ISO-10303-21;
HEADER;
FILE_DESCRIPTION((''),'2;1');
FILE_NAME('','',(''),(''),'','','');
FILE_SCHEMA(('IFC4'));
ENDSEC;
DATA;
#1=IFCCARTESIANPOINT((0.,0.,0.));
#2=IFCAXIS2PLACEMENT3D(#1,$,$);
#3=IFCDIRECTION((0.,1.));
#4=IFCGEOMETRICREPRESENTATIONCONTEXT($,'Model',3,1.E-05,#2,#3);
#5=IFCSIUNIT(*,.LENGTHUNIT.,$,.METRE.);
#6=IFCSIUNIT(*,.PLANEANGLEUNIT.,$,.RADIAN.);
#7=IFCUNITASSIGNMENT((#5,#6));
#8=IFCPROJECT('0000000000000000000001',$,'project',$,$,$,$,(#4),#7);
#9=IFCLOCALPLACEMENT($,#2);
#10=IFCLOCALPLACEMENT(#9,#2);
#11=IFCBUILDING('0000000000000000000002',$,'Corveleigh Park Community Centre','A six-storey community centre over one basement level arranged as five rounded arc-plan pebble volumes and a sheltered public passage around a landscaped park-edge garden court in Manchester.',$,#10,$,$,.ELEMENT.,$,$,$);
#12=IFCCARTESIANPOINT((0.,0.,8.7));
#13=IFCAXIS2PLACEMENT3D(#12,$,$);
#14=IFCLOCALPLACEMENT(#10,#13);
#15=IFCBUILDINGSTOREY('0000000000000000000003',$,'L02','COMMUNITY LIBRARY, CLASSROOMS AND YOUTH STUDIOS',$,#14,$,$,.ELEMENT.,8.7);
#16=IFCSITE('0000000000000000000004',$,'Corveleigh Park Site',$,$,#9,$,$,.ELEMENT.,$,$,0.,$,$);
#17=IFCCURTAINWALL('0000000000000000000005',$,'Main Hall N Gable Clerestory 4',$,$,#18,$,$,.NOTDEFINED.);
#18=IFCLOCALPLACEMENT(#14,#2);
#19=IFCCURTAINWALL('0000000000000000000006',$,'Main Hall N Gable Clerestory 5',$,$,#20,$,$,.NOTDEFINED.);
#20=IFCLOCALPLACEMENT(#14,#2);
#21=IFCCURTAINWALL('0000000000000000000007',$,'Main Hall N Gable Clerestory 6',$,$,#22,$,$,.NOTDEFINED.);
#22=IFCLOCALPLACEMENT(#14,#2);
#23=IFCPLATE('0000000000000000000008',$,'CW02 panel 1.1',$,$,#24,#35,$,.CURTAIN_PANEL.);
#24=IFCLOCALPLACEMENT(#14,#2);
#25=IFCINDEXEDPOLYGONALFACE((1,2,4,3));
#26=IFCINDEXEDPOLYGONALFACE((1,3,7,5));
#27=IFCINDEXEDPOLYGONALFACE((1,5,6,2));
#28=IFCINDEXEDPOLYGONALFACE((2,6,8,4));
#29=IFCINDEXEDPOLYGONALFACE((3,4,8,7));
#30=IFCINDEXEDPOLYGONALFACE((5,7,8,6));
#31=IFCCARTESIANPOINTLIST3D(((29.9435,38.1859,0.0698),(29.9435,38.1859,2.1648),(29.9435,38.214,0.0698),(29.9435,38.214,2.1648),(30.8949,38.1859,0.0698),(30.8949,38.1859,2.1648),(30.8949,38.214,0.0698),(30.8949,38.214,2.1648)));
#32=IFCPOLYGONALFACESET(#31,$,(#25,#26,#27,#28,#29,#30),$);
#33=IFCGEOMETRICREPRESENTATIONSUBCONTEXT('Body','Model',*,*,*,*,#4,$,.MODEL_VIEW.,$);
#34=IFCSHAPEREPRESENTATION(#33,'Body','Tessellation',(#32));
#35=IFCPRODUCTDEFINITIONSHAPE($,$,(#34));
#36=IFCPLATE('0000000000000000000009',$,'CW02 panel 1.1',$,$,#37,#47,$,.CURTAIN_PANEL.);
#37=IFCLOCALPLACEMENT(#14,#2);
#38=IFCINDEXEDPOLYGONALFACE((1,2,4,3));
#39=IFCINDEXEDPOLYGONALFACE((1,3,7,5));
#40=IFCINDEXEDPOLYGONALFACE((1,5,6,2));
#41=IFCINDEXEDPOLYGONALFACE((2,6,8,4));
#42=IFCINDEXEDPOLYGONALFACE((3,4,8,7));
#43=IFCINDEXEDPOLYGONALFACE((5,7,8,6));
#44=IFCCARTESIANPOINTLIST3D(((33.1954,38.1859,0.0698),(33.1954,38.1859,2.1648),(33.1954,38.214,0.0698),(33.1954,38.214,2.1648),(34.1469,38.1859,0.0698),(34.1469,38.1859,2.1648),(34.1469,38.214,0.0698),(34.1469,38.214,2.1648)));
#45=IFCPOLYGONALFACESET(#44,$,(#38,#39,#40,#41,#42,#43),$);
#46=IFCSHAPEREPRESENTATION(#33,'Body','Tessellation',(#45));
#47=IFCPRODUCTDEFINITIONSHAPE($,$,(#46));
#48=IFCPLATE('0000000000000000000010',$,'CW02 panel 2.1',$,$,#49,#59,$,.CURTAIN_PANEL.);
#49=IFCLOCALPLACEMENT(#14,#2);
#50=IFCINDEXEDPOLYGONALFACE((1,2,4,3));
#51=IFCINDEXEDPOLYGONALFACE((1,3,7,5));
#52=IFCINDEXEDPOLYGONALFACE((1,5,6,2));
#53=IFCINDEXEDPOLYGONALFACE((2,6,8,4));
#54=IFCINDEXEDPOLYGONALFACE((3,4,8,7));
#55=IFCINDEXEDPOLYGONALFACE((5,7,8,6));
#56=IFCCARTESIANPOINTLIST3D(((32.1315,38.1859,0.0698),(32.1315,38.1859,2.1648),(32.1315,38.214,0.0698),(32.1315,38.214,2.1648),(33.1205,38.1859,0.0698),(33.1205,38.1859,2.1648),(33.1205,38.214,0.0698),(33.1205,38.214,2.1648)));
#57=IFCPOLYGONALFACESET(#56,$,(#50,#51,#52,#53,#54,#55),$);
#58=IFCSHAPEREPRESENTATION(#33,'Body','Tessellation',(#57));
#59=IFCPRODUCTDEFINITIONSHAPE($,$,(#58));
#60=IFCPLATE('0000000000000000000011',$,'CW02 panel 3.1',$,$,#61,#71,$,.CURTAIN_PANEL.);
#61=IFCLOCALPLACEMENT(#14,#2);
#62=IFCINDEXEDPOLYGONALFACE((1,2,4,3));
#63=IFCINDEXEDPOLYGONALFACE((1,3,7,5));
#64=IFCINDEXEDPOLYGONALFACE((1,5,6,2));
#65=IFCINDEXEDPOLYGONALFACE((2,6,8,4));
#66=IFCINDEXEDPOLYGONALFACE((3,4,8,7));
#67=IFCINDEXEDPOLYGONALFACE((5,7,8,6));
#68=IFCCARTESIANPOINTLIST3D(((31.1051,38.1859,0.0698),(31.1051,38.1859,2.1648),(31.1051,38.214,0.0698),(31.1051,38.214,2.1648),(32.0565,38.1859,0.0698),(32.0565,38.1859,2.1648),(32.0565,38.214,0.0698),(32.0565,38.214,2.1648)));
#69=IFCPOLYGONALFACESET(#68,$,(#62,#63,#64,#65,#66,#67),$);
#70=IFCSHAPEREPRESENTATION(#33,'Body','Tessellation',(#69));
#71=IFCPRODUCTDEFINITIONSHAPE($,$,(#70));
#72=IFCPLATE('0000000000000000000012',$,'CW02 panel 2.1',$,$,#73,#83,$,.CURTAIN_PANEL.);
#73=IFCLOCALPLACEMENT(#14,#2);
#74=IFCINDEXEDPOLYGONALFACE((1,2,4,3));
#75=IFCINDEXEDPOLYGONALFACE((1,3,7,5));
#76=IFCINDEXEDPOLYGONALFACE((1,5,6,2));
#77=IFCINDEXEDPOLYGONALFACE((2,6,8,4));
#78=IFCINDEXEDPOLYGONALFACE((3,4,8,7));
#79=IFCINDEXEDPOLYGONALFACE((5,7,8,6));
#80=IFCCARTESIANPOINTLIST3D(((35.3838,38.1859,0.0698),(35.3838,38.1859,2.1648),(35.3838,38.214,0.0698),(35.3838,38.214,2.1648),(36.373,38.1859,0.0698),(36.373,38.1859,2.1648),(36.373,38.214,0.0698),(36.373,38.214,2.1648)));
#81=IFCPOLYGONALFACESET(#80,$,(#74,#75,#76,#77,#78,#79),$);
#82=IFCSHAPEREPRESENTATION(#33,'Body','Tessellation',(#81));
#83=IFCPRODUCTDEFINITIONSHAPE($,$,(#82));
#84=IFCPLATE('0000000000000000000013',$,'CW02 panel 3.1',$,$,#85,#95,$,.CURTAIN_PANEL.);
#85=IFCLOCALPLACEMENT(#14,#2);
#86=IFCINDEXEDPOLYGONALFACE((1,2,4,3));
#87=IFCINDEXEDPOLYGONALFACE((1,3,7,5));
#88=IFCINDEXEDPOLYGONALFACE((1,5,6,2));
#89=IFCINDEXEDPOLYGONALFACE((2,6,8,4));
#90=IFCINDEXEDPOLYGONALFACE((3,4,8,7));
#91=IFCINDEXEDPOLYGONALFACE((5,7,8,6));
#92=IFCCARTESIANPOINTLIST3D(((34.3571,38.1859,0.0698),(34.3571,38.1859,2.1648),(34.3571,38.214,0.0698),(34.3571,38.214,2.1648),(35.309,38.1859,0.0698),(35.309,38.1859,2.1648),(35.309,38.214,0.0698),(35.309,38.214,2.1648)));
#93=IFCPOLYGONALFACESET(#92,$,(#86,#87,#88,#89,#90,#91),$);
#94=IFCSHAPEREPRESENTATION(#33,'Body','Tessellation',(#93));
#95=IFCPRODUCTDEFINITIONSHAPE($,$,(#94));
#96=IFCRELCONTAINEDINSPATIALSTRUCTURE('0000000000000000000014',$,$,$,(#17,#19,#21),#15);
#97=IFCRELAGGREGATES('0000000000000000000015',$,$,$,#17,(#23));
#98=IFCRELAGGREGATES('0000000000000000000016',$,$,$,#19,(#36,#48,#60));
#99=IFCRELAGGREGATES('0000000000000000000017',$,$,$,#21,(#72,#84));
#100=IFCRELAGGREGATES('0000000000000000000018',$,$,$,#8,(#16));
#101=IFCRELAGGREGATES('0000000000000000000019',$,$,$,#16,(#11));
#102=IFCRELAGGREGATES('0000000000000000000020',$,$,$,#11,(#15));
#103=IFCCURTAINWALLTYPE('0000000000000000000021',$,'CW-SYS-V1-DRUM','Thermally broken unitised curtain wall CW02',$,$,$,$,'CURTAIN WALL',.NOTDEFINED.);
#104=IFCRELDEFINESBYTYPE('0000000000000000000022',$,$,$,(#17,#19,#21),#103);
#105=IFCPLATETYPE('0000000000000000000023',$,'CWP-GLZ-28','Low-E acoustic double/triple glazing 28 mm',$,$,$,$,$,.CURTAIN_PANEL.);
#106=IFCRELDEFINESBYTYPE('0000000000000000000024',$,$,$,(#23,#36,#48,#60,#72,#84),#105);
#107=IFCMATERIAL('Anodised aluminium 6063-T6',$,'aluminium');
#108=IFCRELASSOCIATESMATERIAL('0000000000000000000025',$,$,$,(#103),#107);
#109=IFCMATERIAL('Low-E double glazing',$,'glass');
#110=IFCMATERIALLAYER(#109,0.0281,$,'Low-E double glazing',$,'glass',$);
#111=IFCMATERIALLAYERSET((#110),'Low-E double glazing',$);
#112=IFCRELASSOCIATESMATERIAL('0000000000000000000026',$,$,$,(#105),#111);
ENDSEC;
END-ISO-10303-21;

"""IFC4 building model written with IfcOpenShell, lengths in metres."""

from ifc_helpers import new_model, si_unit, direction, frame, origin, origin_2d, place, context, subcontext, project, spatial, rectangle, extrude, material, layer, layer_set, type_object, element, aggregate, save


model = new_model("IFC4")

# Units and contexts
model_context = context("Model", 3, precision=1e-05, world=origin(), true_north=direction((0.0, 1.0)))
body_context = subcontext(model_context, "Body", "Model", "MODEL_VIEW")
ifc_project = project(units=[si_unit("LENGTHUNIT", "METRE"), si_unit("PLANEANGLEUNIT", "RADIAN")], contexts=[model_context])

# Site, building, storey
site_placement = place(None, origin())
site = spatial("IfcSite", under=ifc_project, at=site_placement, Name="Corveleigh Park Site", CompositionType="ELEMENT", RefElevation=0.0)
building_placement = place(site_placement, origin())
building = spatial("IfcBuilding", under=site, at=building_placement, Name="Corveleigh Park Community Centre", Description="A six-storey community centre over one basement level arranged as five rounded arc-plan pebble volumes and a sheltered public passage around a landscaped park-edge garden court in Manchester.", CompositionType="ELEMENT")
storey_placement = place(building_placement, frame((0.0, 0.0, 8.7)))
storey = spatial("IfcBuildingStorey", under=building, at=storey_placement, Name="L02", Description="COMMUNITY LIBRARY, CLASSROOMS AND YOUTH STUDIOS", CompositionType="ELEMENT", Elevation=8.7)

# Curtain walls
ifc_material_1 = material(Name="Anodised aluminium 6063-T6", Category="aluminium")
curtain_wall_type = type_object("IfcCurtainWallType", Name="CW-SYS-V1-DRUM", Description="Thermally broken unitised curtain wall CW02", ElementType="CURTAIN WALL", PredefinedType="NOTDEFINED", material=ifc_material_1)
curtain_wall_1_placement = place(storey_placement, origin())
curtain_wall_1 = element("IfcCurtainWall", 1, at=curtain_wall_1_placement, inside=storey, type_object=curtain_wall_type, Name="Main Hall N Gable Clerestory 4", PredefinedType="NOTDEFINED")
curtain_wall_2_placement = place(storey_placement, origin())
curtain_wall_2 = element("IfcCurtainWall", 2, at=curtain_wall_2_placement, inside=storey, type_object=curtain_wall_type, Name="Main Hall N Gable Clerestory 5", PredefinedType="NOTDEFINED")
curtain_wall_3_placement = place(storey_placement, origin())
curtain_wall_3 = element("IfcCurtainWall", 3, at=curtain_wall_3_placement, inside=storey, type_object=curtain_wall_type, Name="Main Hall N Gable Clerestory 6", PredefinedType="NOTDEFINED")

# Plates
ifc_material_2 = material(Name="Low-E double glazing", Category="glass")
ifc_layer = layer(ifc_material_2, 0.0281, Name="Low-E double glazing", Category="glass")
ifc_layer_set = layer_set([ifc_layer], Name="Low-E double glazing")
plate_type = type_object("IfcPlateType", Name="CWP-GLZ-28", Description="Low-E acoustic double/triple glazing 28 mm", PredefinedType="CURTAIN_PANEL", material=ifc_layer_set)
plate_1_placement = place(storey_placement, frame((30.4192, 38.2, 0.0698), z_axis=(0.0, 0.0, 1.0), x_axis=(-1.0, 0.0, 0.0)))
plate_1 = element("IfcPlate", 4, at=plate_1_placement, type_object=plate_type, Name="CW02 panel 1.1", PredefinedType="CURTAIN_PANEL", context=body_context, shape_type="SweptSolid", body=[
    extrude(rectangle(XDim=0.9514, YDim=0.0281, at=origin_2d()), origin(), (0.0, 0.0, 1.0), 2.095),
])
aggregate(curtain_wall_1, [plate_1])
plate_2_placement = place(storey_placement, frame((33.6711, 38.2, 0.0698), z_axis=(0.0, 0.0, 1.0), x_axis=(-1.0, 0.0, 0.0)))
plate_2 = element("IfcPlate", 5, at=plate_2_placement, type_object=plate_type, Name="CW02 panel 1.1", PredefinedType="CURTAIN_PANEL", context=body_context, shape_type="SweptSolid", body=[
    extrude(rectangle(XDim=0.9514, YDim=0.0281, at=origin_2d()), origin(), (0.0, 0.0, 1.0), 2.095),
])
plate_3_placement = place(storey_placement, frame((32.626, 38.2, 0.0698), z_axis=(0.0, 0.0, 1.0), x_axis=(-1.0, 0.0, 0.0)))
plate_3 = element("IfcPlate", 6, at=plate_3_placement, type_object=plate_type, Name="CW02 panel 2.1", PredefinedType="CURTAIN_PANEL", context=body_context, shape_type="SweptSolid", body=[
    extrude(rectangle(XDim=0.989, YDim=0.0281, at=origin_2d()), origin(), (0.0, 0.0, 1.0), 2.095),
])
plate_4_placement = place(storey_placement, frame((31.5808, 38.2, 0.0698), z_axis=(0.0, 0.0, 1.0), x_axis=(-1.0, 0.0, 0.0)))
plate_4 = element("IfcPlate", 7, at=plate_4_placement, type_object=plate_type, Name="CW02 panel 3.1", PredefinedType="CURTAIN_PANEL", context=body_context, shape_type="SweptSolid", body=[
    extrude(rectangle(XDim=0.9514, YDim=0.0281, at=origin_2d()), origin(), (0.0, 0.0, 1.0), 2.095),
])
aggregate(curtain_wall_2, [plate_2, plate_3, plate_4])
plate_5_placement = place(storey_placement, frame((35.8784, 38.2, 0.0698), z_axis=(0.0, 0.0, 1.0), x_axis=(-1.0, 0.0, 0.0)))
plate_5 = element("IfcPlate", 8, at=plate_5_placement, type_object=plate_type, Name="CW02 panel 2.1", PredefinedType="CURTAIN_PANEL", context=body_context, shape_type="SweptSolid", body=[
    extrude(rectangle(XDim=0.9893, YDim=0.0281, at=origin_2d()), origin(), (0.0, 0.0, 1.0), 2.095),
])
plate_6_placement = place(storey_placement, frame((34.833, 38.2, 0.0698), z_axis=(0.0, 0.0, 1.0), x_axis=(-1.0, 0.0, 0.0)))
plate_6 = element("IfcPlate", 9, at=plate_6_placement, type_object=plate_type, Name="CW02 panel 3.1", PredefinedType="CURTAIN_PANEL", context=body_context, shape_type="SweptSolid", body=[
    extrude(rectangle(XDim=0.9519, YDim=0.0281, at=origin_2d()), origin(), (0.0, 0.0, 1.0), 2.095),
])
aggregate(curtain_wall_3, [plate_5, plate_6])

save(model, "model.ifc")
